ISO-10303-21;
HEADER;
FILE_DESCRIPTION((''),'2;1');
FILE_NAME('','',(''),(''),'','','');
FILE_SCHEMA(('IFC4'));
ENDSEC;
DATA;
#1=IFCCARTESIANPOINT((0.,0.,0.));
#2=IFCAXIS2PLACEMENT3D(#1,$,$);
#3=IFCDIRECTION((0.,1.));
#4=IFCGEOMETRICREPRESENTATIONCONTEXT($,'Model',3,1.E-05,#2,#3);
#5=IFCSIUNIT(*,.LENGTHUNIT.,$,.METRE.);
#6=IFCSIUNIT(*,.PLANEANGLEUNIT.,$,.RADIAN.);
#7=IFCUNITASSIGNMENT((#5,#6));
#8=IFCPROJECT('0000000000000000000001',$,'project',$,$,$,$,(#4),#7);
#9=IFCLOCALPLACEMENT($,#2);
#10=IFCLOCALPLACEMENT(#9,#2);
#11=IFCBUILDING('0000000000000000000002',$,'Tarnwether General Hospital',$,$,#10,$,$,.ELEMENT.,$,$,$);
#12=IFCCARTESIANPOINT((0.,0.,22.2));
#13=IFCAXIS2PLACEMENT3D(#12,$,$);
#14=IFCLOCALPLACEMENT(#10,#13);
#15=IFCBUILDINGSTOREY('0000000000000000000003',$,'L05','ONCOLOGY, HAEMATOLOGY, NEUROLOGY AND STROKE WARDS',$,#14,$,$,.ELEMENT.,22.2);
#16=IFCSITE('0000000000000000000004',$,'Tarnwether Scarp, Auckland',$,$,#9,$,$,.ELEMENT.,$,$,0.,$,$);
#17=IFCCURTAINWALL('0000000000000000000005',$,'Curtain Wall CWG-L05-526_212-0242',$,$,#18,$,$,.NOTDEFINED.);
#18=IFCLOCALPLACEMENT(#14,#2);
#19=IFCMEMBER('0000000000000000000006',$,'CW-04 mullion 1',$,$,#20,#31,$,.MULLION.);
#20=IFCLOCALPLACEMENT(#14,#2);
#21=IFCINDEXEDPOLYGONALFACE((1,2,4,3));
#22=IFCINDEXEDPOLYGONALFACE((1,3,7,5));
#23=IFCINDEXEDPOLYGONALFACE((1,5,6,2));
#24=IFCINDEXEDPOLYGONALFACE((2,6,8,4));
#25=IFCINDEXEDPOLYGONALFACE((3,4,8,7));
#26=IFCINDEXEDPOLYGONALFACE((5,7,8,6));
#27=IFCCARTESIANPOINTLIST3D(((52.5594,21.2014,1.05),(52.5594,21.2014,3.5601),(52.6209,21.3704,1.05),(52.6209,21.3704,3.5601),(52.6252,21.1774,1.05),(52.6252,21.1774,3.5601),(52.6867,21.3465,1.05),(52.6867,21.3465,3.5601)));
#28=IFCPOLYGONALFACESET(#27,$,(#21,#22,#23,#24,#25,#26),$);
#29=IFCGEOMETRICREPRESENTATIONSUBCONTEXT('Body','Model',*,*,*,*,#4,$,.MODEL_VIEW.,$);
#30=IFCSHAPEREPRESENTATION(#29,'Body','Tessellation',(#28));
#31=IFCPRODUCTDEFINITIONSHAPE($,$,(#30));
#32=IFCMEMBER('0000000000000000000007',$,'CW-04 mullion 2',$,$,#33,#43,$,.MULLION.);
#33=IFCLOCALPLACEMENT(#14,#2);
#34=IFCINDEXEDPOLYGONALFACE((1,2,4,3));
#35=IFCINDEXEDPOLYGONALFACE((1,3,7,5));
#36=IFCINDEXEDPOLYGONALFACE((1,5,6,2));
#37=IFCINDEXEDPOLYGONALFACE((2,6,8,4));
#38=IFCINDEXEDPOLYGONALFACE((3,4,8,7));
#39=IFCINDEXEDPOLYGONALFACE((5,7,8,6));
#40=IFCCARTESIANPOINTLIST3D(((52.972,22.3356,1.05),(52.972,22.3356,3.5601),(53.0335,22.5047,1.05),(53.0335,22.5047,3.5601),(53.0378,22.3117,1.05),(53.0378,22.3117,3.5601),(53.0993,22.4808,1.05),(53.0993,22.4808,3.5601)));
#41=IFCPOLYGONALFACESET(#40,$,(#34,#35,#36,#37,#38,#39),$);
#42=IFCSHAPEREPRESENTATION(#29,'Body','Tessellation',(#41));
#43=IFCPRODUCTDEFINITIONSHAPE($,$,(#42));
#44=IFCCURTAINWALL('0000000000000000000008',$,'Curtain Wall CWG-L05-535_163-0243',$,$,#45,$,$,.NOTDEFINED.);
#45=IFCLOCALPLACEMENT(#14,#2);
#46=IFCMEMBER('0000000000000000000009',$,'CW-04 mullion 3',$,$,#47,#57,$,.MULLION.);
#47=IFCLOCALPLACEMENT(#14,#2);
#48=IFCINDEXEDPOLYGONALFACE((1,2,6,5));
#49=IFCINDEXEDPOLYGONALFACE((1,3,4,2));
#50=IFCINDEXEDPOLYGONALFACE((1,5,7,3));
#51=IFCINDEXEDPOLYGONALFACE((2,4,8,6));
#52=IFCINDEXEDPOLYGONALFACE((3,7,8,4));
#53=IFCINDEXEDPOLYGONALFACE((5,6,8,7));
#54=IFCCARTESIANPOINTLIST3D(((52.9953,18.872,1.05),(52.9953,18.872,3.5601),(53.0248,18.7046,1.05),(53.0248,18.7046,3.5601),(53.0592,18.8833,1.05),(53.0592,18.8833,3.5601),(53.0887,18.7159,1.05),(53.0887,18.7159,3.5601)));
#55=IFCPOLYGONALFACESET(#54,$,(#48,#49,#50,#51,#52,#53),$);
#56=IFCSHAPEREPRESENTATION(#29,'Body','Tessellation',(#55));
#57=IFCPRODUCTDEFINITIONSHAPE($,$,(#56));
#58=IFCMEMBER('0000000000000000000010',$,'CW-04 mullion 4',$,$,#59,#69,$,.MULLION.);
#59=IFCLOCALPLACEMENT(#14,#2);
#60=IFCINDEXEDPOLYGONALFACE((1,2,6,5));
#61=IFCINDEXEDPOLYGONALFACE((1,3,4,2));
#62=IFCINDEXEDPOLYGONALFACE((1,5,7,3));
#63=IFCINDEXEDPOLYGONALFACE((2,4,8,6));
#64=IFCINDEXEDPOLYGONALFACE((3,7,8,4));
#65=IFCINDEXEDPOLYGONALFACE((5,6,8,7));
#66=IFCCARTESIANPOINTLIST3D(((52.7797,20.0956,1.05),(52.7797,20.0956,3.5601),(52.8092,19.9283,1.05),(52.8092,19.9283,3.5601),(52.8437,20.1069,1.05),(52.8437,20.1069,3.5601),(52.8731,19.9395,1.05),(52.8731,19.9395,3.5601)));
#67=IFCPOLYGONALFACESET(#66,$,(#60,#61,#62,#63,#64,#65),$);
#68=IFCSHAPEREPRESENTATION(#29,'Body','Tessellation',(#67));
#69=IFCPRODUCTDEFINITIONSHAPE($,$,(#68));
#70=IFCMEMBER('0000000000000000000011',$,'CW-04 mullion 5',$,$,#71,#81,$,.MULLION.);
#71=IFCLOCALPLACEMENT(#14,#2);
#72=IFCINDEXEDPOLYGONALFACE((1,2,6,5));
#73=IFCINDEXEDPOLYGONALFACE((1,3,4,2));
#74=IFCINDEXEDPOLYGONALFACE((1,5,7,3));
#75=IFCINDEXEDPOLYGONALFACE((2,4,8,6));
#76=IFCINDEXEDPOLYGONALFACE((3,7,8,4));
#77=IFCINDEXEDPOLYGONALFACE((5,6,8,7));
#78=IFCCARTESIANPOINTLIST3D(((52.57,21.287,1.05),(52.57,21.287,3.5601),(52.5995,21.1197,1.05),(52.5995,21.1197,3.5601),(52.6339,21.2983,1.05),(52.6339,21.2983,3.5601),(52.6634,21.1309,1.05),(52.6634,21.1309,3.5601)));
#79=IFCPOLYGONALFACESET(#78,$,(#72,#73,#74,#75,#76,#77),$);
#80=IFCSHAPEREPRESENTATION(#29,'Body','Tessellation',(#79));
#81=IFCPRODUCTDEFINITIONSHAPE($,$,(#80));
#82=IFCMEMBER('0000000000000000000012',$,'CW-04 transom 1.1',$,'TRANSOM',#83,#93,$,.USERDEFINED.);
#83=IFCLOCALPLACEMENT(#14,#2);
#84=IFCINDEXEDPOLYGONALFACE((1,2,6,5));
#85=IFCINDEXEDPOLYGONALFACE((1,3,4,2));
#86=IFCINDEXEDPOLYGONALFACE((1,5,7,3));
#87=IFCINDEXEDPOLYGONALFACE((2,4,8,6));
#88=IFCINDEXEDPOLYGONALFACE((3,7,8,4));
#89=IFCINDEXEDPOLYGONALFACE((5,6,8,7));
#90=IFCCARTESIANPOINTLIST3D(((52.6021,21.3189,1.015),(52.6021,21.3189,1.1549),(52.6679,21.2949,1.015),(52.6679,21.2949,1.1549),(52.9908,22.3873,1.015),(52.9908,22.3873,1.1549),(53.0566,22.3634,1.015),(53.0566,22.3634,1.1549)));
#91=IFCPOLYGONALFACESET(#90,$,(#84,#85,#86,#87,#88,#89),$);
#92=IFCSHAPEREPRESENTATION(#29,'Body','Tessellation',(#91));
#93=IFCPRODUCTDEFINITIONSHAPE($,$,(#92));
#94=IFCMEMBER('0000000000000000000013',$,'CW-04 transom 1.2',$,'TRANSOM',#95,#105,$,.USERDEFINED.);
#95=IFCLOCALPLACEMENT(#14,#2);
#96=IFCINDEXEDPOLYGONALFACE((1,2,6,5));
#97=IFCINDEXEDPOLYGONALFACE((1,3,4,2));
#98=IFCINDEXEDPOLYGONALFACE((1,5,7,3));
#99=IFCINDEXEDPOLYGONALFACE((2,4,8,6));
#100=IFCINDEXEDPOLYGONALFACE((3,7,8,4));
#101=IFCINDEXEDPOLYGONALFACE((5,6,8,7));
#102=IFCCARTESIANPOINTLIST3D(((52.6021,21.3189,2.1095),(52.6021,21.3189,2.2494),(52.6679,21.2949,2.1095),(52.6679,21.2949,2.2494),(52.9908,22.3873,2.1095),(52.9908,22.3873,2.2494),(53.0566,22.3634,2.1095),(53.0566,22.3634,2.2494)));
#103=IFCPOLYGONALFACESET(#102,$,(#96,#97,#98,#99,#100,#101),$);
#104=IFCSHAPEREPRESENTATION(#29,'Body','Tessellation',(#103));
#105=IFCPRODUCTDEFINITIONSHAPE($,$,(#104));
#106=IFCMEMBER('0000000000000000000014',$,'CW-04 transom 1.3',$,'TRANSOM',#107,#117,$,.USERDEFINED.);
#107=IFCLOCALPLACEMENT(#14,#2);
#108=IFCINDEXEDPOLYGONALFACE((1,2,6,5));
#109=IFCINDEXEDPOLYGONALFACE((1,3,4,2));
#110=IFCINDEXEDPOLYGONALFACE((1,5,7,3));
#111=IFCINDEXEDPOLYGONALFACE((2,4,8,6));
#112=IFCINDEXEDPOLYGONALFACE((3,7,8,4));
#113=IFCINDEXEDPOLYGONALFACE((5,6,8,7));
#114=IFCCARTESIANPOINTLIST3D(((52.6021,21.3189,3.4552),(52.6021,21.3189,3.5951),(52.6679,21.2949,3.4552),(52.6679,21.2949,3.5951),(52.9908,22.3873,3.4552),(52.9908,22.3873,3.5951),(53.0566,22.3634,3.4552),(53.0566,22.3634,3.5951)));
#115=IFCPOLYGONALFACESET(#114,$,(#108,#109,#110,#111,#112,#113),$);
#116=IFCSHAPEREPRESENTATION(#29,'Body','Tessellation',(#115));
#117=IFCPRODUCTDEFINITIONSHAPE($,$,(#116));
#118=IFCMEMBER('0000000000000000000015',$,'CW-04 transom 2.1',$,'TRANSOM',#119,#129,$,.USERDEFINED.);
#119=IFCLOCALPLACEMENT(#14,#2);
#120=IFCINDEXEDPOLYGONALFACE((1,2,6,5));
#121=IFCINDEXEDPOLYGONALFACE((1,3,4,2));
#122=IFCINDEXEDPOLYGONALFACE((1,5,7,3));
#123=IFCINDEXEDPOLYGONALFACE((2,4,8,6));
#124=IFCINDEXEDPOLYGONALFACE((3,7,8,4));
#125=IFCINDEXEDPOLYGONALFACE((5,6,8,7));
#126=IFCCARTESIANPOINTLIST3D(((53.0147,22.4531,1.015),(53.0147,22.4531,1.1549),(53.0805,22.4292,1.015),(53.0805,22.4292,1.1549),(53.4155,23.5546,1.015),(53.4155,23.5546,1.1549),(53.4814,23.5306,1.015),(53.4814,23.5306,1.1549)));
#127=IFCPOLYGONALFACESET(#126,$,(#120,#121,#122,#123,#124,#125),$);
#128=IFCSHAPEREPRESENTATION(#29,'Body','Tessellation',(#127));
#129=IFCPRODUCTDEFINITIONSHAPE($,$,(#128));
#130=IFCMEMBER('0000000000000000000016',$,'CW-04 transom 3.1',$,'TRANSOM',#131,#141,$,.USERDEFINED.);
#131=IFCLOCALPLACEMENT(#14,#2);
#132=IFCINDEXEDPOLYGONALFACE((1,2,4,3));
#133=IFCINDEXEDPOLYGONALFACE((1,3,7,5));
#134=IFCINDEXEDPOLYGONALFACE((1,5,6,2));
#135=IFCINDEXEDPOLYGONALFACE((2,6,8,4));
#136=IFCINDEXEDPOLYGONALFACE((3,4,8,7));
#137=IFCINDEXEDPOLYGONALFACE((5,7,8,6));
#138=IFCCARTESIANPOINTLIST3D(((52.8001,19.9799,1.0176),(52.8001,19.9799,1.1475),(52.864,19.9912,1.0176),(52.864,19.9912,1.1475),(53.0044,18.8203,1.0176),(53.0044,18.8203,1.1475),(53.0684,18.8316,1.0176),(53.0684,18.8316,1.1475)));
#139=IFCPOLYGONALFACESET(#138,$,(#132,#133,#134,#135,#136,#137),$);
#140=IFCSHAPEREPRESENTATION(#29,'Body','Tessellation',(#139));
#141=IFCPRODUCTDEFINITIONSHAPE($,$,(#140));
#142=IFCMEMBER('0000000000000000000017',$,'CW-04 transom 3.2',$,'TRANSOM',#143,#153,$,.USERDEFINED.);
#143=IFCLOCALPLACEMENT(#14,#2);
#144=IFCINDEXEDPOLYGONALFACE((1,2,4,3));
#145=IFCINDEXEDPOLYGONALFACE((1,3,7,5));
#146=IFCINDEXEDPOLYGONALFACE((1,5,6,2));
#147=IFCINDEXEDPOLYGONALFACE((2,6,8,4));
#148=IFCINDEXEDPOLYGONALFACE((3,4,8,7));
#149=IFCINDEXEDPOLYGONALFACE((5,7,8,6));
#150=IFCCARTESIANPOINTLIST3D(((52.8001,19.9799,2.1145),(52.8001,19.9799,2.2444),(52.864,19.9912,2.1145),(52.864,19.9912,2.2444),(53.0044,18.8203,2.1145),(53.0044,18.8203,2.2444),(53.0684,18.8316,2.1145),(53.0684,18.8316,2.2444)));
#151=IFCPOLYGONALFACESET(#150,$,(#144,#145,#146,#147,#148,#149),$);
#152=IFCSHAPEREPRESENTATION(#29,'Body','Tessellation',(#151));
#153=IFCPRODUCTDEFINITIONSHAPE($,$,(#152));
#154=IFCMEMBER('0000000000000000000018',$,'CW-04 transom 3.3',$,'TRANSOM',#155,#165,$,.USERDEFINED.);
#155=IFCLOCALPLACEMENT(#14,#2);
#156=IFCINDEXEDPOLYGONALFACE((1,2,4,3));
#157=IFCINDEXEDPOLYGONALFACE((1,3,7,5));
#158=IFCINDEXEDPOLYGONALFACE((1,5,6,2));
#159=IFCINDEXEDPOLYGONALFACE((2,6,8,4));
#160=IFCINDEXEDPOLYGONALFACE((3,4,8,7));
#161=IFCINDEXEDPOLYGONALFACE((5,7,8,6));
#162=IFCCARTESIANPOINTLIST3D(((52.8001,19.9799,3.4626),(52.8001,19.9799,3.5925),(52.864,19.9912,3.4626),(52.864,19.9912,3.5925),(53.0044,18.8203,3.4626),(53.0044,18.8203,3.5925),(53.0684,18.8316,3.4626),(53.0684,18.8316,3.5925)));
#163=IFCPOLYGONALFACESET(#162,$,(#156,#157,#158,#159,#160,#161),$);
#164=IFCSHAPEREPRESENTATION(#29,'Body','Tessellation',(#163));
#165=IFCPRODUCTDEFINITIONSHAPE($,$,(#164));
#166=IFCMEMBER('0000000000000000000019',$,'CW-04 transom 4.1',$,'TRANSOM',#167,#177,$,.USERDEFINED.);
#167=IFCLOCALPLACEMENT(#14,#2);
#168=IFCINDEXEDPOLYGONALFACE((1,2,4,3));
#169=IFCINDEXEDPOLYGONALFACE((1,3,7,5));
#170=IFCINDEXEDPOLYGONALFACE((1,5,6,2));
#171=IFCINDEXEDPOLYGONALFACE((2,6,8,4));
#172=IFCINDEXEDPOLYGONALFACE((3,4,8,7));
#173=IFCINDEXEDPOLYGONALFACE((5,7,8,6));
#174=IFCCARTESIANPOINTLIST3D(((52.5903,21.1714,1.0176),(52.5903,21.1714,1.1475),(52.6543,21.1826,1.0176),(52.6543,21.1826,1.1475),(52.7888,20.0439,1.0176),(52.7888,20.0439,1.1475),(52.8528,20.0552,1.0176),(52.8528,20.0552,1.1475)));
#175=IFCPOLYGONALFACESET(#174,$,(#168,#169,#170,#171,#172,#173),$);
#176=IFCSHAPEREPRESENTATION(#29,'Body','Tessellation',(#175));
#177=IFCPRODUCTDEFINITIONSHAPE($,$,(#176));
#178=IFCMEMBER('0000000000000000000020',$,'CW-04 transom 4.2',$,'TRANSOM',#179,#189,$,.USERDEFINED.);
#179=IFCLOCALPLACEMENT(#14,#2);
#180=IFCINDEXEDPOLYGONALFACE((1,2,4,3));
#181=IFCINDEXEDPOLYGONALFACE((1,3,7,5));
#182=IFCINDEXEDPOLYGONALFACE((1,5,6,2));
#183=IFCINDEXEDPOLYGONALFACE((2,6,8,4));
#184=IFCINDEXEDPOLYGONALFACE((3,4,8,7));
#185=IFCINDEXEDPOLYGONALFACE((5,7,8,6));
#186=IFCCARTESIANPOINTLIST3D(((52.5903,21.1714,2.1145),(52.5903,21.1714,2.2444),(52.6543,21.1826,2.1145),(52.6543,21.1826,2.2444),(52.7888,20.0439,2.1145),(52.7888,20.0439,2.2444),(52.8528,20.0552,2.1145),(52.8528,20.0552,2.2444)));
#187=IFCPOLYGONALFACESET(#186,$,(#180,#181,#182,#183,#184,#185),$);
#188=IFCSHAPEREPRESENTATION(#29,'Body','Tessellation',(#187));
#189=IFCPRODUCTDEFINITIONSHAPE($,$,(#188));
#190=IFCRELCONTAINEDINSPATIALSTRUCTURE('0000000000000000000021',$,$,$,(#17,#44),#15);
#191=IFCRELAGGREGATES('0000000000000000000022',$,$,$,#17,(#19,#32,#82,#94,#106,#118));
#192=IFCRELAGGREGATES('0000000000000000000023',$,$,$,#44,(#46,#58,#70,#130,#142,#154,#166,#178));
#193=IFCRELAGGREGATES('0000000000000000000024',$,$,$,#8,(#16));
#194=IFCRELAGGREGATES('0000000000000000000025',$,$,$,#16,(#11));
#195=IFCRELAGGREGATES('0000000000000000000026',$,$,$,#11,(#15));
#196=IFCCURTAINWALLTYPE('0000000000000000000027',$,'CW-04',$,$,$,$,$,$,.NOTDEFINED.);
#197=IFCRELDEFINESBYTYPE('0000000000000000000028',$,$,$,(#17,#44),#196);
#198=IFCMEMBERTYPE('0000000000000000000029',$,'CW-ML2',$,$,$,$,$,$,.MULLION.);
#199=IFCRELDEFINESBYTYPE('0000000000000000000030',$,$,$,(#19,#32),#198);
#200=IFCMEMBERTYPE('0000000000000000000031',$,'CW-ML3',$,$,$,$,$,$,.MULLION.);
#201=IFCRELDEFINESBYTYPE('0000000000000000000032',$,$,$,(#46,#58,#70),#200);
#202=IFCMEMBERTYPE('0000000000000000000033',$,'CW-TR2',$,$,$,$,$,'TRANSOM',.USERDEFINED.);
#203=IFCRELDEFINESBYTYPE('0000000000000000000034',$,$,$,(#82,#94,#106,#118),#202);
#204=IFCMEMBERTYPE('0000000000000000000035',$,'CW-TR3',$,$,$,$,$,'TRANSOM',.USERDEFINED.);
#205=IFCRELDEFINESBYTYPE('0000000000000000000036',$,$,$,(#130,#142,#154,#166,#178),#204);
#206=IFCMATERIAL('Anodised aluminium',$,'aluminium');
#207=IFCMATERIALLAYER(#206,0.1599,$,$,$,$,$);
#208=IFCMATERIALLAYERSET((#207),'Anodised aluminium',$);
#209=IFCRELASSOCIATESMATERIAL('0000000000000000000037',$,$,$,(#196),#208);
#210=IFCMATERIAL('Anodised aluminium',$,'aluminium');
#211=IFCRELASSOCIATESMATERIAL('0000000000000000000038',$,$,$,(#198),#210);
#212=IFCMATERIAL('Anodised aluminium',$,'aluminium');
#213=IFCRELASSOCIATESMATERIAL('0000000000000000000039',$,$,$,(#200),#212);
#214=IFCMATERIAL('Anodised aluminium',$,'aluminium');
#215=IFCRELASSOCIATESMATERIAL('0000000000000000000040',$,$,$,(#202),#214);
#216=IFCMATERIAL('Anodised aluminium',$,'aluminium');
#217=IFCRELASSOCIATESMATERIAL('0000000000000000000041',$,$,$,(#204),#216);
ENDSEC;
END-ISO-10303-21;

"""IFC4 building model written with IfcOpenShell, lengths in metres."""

from ifc_helpers import new_model, si_unit, direction, frame, origin, origin_2d, place, context, subcontext, project, spatial, rectangle, extrude, material, layer, layer_set, material_profile, profile_set, type_object, element, aggregate, save


model = new_model("IFC4")

# Units and contexts
model_context = context("Model", 3, precision=1e-05, world=origin(), true_north=direction((0.0, 1.0)))
body_context = subcontext(model_context, "Body", "Model", "MODEL_VIEW")
ifc_project = project(units=[si_unit("LENGTHUNIT", "METRE"), si_unit("PLANEANGLEUNIT", "RADIAN")], contexts=[model_context])

# Site, building, storey
site_placement = place(None, origin())
site = spatial("IfcSite", under=ifc_project, at=site_placement, Name="Tarnwether Scarp, Auckland", CompositionType="ELEMENT", RefElevation=0.0)
building_placement = place(site_placement, origin())
building = spatial("IfcBuilding", under=site, at=building_placement, Name="Tarnwether General Hospital", CompositionType="ELEMENT")
storey_placement = place(building_placement, frame((0.0, 0.0, 22.2)))
storey = spatial("IfcBuildingStorey", under=building, at=storey_placement, Name="L05", Description="ONCOLOGY, HAEMATOLOGY, NEUROLOGY AND STROKE WARDS", CompositionType="ELEMENT", Elevation=22.2)

# Curtain walls, members
ifc_material_1 = material(Name="Anodised aluminium", Category="aluminium")
ifc_layer_1 = layer(ifc_material_1, 0.1599)
ifc_layer_set_1 = layer_set([ifc_layer_1], Name="Anodised aluminium")
curtain_wall_type = type_object("IfcCurtainWallType", Name="CW-04", PredefinedType="NOTDEFINED", material=ifc_layer_set_1)
curtain_wall_1_placement = place(storey_placement, origin())
curtain_wall_1 = element("IfcCurtainWall", 1, at=curtain_wall_1_placement, inside=storey, type_object=curtain_wall_type, Name="Curtain Wall CWG-L05-526_212-0242", PredefinedType="NOTDEFINED")
ifc_material_2 = material(Name="Anodised aluminium", Category="aluminium")
ifc_material_profile_1 = material_profile(ifc_material_2, rectangle(XDim=0.0701, YDim=0.1799, at=origin_2d()), Name="ALU-MUL-70x180")
ifc_profile_set_1 = profile_set([ifc_material_profile_1], Name="Anodised aluminium")
member_type_1 = type_object("IfcMemberType", Name="CW-ML2", PredefinedType="MULLION", material=ifc_profile_set_1)
member_1_placement = place(storey_placement, frame((52.623, 21.2739, 1.05), z_axis=(0.0, 0.0, 1.0), x_axis=(-0.939717, 0.341953, 0.0)))
member_1 = element("IfcMember", 2, at=member_1_placement, type_object=member_type_1, Name="CW-04 mullion 1", PredefinedType="MULLION", context=body_context, shape_type="SweptSolid", body=[
    extrude(rectangle(XDim=0.0701, YDim=0.1799, at=origin_2d()), origin(), (0.0, 0.0, 1.0), 2.51),
])
member_2_placement = place(storey_placement, frame((53.0356, 22.4082, 1.05), z_axis=(0.0, 0.0, 1.0), x_axis=(-0.939717, 0.341953, 0.0)))
member_2 = element("IfcMember", 3, at=member_2_placement, type_object=member_type_1, Name="CW-04 mullion 2", PredefinedType="MULLION", context=body_context, shape_type="SweptSolid", body=[
    extrude(rectangle(XDim=0.0701, YDim=0.1799, at=origin_2d()), origin(), (0.0, 0.0, 1.0), 2.51),
])
curtain_wall_2_placement = place(storey_placement, origin())
curtain_wall_2 = element("IfcCurtainWall", 4, at=curtain_wall_2_placement, inside=storey, type_object=curtain_wall_type, Name="Curtain Wall CWG-L05-535_163-0243", PredefinedType="NOTDEFINED")
ifc_material_3 = material(Name="Anodised aluminium", Category="aluminium")
ifc_material_profile_2 = material_profile(ifc_material_3, rectangle(XDim=0.0649, YDim=0.1699, at=origin_2d()), Name="ALU-MUL-65x170")
ifc_profile_set_2 = profile_set([ifc_material_profile_2], Name="Anodised aluminium")
member_type_2 = type_object("IfcMemberType", Name="CW-ML3", PredefinedType="MULLION", material=ifc_profile_set_2)
member_3_placement = place(storey_placement, frame((53.042, 18.7939, 1.05), z_axis=(0.0, 0.0, 1.0), x_axis=(-0.98484, -0.173464, 0.0)))
member_3 = element("IfcMember", 5, at=member_3_placement, type_object=member_type_2, Name="CW-04 mullion 3", PredefinedType="MULLION", context=body_context, shape_type="SweptSolid", body=[
    extrude(rectangle(XDim=0.0649, YDim=0.1699, at=origin_2d()), origin(), (0.0, 0.0, 1.0), 2.51),
])
member_4_placement = place(storey_placement, frame((52.8264, 20.0176, 1.05), z_axis=(0.0, 0.0, 1.0), x_axis=(-0.98484, -0.173464, 0.0)))
member_4 = element("IfcMember", 6, at=member_4_placement, type_object=member_type_2, Name="CW-04 mullion 4", PredefinedType="MULLION", context=body_context, shape_type="SweptSolid", body=[
    extrude(rectangle(XDim=0.0649, YDim=0.1699, at=origin_2d()), origin(), (0.0, 0.0, 1.0), 2.51),
])
member_5_placement = place(storey_placement, frame((52.6167, 21.209, 1.05), z_axis=(0.0, 0.0, 1.0), x_axis=(-0.98484, -0.173464, 0.0)))
member_5 = element("IfcMember", 7, at=member_5_placement, type_object=member_type_2, Name="CW-04 mullion 5", PredefinedType="MULLION", context=body_context, shape_type="SweptSolid", body=[
    extrude(rectangle(XDim=0.0649, YDim=0.1699, at=origin_2d()), origin(), (0.0, 0.0, 1.0), 2.51),
])

# Members
ifc_material_4 = material(Name="Anodised aluminium", Category="aluminium")
ifc_material_profile_3 = material_profile(ifc_material_4, rectangle(XDim=0.0701, YDim=0.1399, at=origin_2d()), Name="ALU-TRN-70x140")
ifc_profile_set_3 = profile_set([ifc_material_profile_3], Name="Anodised aluminium")
member_type_3 = type_object("IfcMemberType", Name="CW-TR2", ElementType="TRANSOM", PredefinedType="USERDEFINED", material=ifc_profile_set_3)
member_6_placement = place(storey_placement, frame((52.635, 21.3069, 1.085), z_axis=(0.341881, 0.939743, 0.0), x_axis=(-0.939743, 0.341881, 0.0)))
member_6 = element("IfcMember", 8, at=member_6_placement, type_object=member_type_3, Name="CW-04 transom 1.1", ObjectType="TRANSOM", PredefinedType="USERDEFINED", context=body_context, shape_type="SweptSolid", body=[
    extrude(rectangle(XDim=0.0701, YDim=0.1399, at=origin_2d()), origin(), (0.0, 0.0, 1.0), 1.137),
])
member_7_placement = place(storey_placement, frame((52.635, 21.3069, 2.1794), z_axis=(0.341881, 0.939743, 0.0), x_axis=(-0.939743, 0.341881, 0.0)))
member_7 = element("IfcMember", 9, at=member_7_placement, type_object=member_type_3, Name="CW-04 transom 1.2", ObjectType="TRANSOM", PredefinedType="USERDEFINED", context=body_context, shape_type="SweptSolid", body=[
    extrude(rectangle(XDim=0.0701, YDim=0.1399, at=origin_2d()), origin(), (0.0, 0.0, 1.0), 1.137),
])
member_8_placement = place(storey_placement, frame((52.635, 21.3069, 3.5251), z_axis=(0.341881, 0.939743, 0.0), x_axis=(-0.939743, 0.341881, 0.0)))
member_8 = element("IfcMember", 10, at=member_8_placement, type_object=member_type_3, Name="CW-04 transom 1.3", ObjectType="TRANSOM", PredefinedType="USERDEFINED", context=body_context, shape_type="SweptSolid", body=[
    extrude(rectangle(XDim=0.0701, YDim=0.1399, at=origin_2d()), origin(), (0.0, 0.0, 1.0), 1.137),
])
member_9_placement = place(storey_placement, frame((53.0476, 22.4412, 1.085), z_axis=(0.341977, 0.939708, 0.0), x_axis=(-0.939708, 0.341977, 0.0)))
member_9 = element("IfcMember", 11, at=member_9_placement, type_object=member_type_3, Name="CW-04 transom 2.1", ObjectType="TRANSOM", PredefinedType="USERDEFINED", context=body_context, shape_type="SweptSolid", body=[
    extrude(rectangle(XDim=0.0701, YDim=0.1399, at=origin_2d()), origin(), (0.0, 0.0, 1.0), 1.1721),
])
ifc_material_5 = material(Name="Anodised aluminium", Category="aluminium")
ifc_material_profile_4 = material_profile(ifc_material_5, rectangle(XDim=0.0649, YDim=0.1299, at=origin_2d()), Name="ALU-TRN-65x130")
ifc_profile_set_4 = profile_set([ifc_material_profile_4], Name="Anodised aluminium")
member_type_4 = type_object("IfcMemberType", Name="CW-TR3", ElementType="TRANSOM", PredefinedType="USERDEFINED", material=ifc_profile_set_4)
member_10_placement = place(storey_placement, frame((53.0364, 18.8259, 1.0825), z_axis=(-0.173537, 0.984827, 0.0), x_axis=(-0.984827, -0.173537, 0.0)))
member_10 = element("IfcMember", 12, at=member_10_placement, type_object=member_type_4, Name="CW-04 transom 3.1", ObjectType="TRANSOM", PredefinedType="USERDEFINED", context=body_context, shape_type="SweptSolid", body=[
    extrude(rectangle(XDim=0.0649, YDim=0.1299, at=origin_2d()), origin(), (0.0, 0.0, 1.0), 1.1775),
])
member_11_placement = place(storey_placement, frame((53.0364, 18.8259, 2.1794), z_axis=(-0.173537, 0.984827, 0.0), x_axis=(-0.984827, -0.173537, 0.0)))
member_11 = element("IfcMember", 13, at=member_11_placement, type_object=member_type_4, Name="CW-04 transom 3.2", ObjectType="TRANSOM", PredefinedType="USERDEFINED", context=body_context, shape_type="SweptSolid", body=[
    extrude(rectangle(XDim=0.0649, YDim=0.1299, at=origin_2d()), origin(), (0.0, 0.0, 1.0), 1.1775),
])
member_12_placement = place(storey_placement, frame((53.0364, 18.8259, 3.5276), z_axis=(-0.173537, 0.984827, 0.0), x_axis=(-0.984827, -0.173537, 0.0)))
member_12 = element("IfcMember", 14, at=member_12_placement, type_object=member_type_4, Name="CW-04 transom 3.3", ObjectType="TRANSOM", PredefinedType="USERDEFINED", context=body_context, shape_type="SweptSolid", body=[
    extrude(rectangle(XDim=0.0649, YDim=0.1299, at=origin_2d()), origin(), (0.0, 0.0, 1.0), 1.1775),
])
member_13_placement = place(storey_placement, frame((52.8208, 20.0496, 1.0825), z_axis=(-0.173384, 0.984854, 0.0), x_axis=(-0.984854, -0.173384, 0.0)))
member_13 = element("IfcMember", 15, at=member_13_placement, type_object=member_type_4, Name="CW-04 transom 4.1", ObjectType="TRANSOM", PredefinedType="USERDEFINED", context=body_context, shape_type="SweptSolid", body=[
    extrude(rectangle(XDim=0.0649, YDim=0.1299, at=origin_2d()), origin(), (0.0, 0.0, 1.0), 1.1448),
])
member_14_placement = place(storey_placement, frame((52.8208, 20.0496, 2.1794), z_axis=(-0.173384, 0.984854, 0.0), x_axis=(-0.984854, -0.173384, 0.0)))
member_14 = element("IfcMember", 16, at=member_14_placement, type_object=member_type_4, Name="CW-04 transom 4.2", ObjectType="TRANSOM", PredefinedType="USERDEFINED", context=body_context, shape_type="SweptSolid", body=[
    extrude(rectangle(XDim=0.0649, YDim=0.1299, at=origin_2d()), origin(), (0.0, 0.0, 1.0), 1.1448),
])

aggregate(curtain_wall_1, [member_1, member_2, member_6, member_7, member_8, member_9])
aggregate(curtain_wall_2, [member_3, member_4, member_5, member_10, member_11, member_12, member_13, member_14])

save(model, "model.ifc")
